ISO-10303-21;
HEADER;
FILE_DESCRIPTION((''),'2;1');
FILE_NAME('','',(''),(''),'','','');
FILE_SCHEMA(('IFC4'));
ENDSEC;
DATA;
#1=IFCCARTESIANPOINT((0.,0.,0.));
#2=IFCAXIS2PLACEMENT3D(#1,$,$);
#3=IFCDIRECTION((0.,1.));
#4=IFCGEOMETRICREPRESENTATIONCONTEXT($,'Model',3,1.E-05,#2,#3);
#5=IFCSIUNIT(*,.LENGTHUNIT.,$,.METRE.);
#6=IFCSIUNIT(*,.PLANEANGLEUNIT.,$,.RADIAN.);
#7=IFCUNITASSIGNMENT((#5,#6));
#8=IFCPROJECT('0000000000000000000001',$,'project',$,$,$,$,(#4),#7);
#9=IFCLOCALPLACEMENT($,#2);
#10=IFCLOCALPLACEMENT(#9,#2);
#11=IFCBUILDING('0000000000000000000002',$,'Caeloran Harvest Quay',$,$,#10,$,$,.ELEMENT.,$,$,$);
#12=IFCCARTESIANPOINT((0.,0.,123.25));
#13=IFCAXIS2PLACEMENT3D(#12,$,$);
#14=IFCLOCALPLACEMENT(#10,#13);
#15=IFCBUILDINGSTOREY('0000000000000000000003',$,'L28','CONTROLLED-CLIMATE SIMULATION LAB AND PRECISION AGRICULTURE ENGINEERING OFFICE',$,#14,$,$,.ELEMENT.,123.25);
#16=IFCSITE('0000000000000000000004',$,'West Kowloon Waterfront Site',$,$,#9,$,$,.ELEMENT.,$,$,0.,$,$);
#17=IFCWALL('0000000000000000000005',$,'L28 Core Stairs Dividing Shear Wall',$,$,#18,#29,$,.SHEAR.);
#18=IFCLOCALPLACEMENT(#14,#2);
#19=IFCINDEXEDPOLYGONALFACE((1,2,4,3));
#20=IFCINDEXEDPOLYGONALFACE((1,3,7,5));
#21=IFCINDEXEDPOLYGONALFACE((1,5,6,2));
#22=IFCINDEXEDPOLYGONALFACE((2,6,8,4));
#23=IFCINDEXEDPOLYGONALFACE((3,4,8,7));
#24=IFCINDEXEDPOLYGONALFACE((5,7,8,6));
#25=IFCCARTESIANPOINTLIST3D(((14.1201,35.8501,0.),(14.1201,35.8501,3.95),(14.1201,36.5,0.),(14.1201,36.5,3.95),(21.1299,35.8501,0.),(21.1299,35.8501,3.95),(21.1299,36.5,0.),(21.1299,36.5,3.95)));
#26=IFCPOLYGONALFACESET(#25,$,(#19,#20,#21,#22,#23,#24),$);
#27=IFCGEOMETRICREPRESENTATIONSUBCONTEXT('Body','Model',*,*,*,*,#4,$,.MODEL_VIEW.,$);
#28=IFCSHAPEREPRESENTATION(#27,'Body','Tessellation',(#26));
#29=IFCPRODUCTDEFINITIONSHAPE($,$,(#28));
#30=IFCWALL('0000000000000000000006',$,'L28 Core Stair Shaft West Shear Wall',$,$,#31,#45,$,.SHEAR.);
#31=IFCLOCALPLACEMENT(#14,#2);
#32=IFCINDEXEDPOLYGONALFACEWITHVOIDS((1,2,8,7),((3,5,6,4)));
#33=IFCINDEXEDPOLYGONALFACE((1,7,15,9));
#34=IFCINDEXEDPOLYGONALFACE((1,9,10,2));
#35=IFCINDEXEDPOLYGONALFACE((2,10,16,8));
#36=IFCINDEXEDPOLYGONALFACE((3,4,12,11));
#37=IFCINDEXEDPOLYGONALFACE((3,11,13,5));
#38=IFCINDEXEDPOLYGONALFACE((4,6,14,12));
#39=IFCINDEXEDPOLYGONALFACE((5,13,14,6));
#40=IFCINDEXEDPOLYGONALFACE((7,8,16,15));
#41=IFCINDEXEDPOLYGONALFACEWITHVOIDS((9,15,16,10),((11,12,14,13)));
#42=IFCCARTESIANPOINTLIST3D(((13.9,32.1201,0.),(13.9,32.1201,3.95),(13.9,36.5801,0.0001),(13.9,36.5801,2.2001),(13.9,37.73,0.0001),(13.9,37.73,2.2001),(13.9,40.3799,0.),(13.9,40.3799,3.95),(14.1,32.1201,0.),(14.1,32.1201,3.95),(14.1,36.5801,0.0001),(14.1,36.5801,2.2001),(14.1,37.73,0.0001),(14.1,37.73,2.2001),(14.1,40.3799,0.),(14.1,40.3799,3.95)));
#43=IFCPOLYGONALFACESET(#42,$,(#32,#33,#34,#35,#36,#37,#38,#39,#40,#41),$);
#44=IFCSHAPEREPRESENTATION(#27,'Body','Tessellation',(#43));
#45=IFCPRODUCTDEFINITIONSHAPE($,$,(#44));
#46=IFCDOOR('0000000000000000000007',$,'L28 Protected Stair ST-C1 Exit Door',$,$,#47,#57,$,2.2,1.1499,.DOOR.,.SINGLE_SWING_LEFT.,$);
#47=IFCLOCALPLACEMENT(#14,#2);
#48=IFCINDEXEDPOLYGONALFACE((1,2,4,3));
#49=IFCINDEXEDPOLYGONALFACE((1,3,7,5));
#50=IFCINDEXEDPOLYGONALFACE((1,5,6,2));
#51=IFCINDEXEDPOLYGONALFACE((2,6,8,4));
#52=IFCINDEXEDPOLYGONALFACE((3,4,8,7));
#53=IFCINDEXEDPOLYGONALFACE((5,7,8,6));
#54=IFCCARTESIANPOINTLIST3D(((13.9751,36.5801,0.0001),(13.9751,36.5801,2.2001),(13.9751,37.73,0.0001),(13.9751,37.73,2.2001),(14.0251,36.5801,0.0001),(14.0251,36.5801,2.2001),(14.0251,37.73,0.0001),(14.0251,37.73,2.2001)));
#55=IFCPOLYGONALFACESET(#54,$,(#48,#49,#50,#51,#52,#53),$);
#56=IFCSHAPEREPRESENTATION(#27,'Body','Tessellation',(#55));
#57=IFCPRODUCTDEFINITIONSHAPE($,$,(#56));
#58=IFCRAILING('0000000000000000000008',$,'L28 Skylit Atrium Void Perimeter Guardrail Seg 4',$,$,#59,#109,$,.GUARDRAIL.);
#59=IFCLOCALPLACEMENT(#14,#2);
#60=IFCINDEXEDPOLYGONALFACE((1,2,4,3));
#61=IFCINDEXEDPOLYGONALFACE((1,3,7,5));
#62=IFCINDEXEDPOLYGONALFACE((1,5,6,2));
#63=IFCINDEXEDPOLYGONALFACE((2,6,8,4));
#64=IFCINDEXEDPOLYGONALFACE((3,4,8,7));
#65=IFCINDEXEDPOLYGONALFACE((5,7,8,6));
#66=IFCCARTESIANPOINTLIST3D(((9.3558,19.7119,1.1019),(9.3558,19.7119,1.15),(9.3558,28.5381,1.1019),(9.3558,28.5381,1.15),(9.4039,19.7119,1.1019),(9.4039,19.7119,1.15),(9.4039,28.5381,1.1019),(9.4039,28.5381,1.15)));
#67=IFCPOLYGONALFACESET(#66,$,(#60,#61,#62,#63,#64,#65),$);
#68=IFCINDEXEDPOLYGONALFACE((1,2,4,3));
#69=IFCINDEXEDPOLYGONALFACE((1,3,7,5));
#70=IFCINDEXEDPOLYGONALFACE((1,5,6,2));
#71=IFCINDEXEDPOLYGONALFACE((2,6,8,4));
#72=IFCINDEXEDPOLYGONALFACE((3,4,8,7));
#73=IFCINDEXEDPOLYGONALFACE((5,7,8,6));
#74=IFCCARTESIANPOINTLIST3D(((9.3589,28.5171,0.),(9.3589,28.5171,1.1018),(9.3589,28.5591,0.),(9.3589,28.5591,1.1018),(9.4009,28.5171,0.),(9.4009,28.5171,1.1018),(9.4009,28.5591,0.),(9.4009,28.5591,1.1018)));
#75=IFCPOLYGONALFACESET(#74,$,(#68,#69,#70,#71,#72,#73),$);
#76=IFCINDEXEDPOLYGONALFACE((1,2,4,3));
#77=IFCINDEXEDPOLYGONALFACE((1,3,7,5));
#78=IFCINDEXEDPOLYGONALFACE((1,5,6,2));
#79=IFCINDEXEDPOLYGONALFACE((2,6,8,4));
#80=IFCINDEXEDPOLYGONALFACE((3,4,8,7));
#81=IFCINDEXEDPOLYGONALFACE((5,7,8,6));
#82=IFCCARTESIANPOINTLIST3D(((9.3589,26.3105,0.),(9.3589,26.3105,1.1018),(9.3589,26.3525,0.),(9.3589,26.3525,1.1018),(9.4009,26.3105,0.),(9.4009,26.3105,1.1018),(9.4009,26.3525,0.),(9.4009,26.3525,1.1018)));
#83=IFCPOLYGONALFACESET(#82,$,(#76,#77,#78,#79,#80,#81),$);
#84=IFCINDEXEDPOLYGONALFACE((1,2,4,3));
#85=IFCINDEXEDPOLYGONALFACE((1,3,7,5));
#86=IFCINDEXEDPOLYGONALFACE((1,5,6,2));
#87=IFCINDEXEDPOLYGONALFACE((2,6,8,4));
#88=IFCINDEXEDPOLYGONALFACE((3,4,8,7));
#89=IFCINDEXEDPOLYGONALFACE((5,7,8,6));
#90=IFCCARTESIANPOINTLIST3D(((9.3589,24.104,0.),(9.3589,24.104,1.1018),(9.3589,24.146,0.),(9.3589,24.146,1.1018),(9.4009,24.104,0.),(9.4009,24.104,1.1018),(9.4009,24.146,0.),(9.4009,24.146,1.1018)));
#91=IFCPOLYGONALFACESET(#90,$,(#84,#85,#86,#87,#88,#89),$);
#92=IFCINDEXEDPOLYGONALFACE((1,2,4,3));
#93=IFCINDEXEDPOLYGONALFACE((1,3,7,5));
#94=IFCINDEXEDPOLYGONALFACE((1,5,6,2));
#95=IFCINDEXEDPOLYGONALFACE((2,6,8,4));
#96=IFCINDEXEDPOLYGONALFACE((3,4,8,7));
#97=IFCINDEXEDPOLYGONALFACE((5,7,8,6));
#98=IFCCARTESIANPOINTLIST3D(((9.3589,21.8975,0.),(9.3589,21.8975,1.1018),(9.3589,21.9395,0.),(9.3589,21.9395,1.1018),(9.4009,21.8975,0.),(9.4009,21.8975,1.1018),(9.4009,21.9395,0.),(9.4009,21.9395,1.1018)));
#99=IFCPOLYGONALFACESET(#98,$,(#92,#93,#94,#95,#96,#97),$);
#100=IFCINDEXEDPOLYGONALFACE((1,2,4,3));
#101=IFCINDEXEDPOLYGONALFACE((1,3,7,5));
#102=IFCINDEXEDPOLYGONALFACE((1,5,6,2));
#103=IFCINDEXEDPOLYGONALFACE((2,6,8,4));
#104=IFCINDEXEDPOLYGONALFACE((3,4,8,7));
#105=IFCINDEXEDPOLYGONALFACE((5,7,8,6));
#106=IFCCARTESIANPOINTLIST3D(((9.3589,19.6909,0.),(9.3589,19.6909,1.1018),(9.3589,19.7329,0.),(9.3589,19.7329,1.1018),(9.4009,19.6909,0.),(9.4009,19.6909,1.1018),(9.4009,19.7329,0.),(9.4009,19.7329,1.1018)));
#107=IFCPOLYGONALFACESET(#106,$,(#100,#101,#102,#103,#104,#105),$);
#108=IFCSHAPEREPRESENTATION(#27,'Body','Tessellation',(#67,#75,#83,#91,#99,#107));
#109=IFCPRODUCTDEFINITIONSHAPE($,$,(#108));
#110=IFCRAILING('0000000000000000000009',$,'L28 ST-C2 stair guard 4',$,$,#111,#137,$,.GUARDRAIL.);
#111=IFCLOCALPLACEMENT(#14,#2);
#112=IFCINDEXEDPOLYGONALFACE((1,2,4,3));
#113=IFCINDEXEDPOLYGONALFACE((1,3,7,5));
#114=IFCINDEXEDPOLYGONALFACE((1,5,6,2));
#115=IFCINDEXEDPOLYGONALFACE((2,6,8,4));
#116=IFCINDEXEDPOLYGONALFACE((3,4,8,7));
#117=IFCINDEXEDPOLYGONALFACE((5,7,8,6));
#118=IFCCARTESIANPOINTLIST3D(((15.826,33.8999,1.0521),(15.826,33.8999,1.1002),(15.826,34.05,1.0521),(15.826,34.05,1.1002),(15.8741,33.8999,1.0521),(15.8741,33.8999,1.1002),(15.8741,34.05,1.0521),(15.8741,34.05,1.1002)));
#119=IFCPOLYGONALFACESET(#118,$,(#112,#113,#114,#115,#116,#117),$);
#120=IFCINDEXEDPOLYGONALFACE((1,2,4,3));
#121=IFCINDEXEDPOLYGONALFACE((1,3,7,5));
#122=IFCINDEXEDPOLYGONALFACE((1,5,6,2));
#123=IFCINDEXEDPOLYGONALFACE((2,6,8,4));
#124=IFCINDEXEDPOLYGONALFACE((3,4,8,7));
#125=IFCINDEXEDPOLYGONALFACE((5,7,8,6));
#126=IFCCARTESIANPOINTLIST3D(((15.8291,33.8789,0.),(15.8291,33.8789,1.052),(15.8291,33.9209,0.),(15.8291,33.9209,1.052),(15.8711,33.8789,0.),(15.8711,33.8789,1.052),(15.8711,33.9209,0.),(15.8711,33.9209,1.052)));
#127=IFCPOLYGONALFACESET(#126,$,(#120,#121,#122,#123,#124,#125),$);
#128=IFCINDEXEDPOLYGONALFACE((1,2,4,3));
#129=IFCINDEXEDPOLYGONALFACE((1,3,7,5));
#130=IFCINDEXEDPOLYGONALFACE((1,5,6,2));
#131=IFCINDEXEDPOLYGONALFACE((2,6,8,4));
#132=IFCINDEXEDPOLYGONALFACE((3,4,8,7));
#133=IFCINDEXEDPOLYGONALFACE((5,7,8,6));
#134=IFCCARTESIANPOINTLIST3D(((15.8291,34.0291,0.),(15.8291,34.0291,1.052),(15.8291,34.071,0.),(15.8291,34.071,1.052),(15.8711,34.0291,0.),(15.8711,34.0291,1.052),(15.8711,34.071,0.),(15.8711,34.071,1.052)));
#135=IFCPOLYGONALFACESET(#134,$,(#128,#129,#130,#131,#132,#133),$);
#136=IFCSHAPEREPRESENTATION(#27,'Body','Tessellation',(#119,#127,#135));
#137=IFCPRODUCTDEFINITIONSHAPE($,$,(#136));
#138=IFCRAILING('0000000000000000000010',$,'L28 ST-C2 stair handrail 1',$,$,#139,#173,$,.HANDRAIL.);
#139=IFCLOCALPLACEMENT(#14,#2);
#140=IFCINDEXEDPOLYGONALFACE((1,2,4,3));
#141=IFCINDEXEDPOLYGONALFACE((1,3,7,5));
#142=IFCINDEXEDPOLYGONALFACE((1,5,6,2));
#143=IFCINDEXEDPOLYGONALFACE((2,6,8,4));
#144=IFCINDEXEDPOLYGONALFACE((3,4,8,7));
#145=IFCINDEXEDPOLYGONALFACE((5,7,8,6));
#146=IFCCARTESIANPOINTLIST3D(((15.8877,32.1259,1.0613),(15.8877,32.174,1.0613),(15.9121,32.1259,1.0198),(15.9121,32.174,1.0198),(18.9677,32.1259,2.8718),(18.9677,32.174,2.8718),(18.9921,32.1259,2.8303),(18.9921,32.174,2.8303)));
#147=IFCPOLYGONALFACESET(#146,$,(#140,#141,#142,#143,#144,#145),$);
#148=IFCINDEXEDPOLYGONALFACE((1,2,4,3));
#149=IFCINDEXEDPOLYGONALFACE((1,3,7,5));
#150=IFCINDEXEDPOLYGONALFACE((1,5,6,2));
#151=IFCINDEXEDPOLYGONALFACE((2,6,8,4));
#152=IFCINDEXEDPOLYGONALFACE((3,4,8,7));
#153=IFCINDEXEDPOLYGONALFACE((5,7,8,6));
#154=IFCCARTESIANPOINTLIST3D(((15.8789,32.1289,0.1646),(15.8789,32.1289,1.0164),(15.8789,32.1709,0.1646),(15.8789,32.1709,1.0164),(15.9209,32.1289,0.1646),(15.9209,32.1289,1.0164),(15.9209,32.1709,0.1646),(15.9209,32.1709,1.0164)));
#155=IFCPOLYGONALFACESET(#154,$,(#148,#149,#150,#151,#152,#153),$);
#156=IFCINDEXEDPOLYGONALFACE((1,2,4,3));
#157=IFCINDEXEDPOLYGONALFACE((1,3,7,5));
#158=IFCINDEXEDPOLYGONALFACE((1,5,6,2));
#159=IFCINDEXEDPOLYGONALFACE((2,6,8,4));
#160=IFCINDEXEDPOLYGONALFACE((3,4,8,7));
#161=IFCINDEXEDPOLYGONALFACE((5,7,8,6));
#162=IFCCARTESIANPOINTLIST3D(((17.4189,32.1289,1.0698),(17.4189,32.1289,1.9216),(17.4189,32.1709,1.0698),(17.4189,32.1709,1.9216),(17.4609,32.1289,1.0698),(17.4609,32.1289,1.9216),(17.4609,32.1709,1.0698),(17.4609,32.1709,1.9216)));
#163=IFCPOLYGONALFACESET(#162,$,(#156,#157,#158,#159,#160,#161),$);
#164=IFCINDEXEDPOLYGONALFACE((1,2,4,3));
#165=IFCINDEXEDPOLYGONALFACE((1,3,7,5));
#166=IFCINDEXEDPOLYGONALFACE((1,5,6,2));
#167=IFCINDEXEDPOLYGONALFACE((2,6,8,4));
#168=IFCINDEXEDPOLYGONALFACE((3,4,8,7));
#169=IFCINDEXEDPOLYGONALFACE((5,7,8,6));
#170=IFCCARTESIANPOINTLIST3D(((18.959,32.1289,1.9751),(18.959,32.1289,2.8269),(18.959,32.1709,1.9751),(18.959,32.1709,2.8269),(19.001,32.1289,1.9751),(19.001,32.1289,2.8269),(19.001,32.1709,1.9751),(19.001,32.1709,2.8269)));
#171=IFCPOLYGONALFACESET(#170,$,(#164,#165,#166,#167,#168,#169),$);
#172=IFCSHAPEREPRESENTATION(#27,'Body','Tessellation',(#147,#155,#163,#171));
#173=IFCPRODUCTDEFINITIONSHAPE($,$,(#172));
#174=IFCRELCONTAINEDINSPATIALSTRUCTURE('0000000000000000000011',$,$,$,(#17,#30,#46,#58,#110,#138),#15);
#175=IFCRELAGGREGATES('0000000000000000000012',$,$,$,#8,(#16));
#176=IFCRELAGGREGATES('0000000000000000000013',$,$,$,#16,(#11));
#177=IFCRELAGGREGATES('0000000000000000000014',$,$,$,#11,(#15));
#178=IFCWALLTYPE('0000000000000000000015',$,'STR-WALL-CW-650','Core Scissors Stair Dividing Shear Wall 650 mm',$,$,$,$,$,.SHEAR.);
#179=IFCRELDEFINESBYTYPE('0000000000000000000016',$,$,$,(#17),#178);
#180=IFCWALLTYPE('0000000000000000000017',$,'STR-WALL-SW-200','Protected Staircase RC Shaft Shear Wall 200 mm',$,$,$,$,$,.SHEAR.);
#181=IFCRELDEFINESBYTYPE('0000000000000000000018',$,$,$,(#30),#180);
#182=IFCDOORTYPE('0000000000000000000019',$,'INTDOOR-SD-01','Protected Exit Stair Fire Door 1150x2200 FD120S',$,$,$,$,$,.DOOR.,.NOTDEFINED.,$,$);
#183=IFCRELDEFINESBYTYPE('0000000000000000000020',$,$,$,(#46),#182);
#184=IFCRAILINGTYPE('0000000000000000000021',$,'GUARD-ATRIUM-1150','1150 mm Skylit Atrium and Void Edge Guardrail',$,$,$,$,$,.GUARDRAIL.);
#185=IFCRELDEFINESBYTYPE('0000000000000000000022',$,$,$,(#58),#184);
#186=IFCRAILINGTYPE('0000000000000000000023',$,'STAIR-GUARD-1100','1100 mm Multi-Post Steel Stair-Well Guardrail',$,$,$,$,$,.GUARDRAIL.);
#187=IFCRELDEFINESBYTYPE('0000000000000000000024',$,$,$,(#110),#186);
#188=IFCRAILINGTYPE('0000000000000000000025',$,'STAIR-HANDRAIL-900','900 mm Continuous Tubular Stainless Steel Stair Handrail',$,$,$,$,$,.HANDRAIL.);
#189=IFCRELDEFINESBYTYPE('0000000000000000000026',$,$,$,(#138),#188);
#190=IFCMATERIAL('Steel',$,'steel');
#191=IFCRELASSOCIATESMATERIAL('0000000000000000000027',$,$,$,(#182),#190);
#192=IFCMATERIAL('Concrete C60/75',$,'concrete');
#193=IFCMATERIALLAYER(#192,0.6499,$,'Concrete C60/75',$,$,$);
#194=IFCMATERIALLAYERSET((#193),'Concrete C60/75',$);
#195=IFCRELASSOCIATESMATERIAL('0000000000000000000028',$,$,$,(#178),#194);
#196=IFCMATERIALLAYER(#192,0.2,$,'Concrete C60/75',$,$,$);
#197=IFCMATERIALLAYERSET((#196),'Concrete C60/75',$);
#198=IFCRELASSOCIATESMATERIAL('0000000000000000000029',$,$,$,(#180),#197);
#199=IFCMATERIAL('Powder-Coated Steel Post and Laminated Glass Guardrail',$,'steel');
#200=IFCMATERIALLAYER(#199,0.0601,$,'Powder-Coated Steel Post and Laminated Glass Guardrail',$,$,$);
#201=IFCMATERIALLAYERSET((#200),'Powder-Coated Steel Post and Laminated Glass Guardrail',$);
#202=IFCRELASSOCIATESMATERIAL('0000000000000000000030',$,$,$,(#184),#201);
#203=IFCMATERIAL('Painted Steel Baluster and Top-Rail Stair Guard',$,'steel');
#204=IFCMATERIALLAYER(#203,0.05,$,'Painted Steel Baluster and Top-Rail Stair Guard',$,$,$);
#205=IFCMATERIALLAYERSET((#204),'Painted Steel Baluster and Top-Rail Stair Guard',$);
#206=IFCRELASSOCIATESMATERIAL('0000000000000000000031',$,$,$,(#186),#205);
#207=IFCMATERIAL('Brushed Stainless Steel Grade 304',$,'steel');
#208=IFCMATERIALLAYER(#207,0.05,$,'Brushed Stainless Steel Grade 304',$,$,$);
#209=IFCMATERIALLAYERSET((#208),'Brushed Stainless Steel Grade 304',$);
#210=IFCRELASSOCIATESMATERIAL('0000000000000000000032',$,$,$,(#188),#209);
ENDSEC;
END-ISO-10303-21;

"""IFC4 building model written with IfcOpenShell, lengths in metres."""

from ifc_helpers import new_model, si_unit, direction, frame, frame_2d, origin, origin_2d, place, context, subcontext, project, spatial, rectangle, extrude, material, layer, layer_set, type_object, element, fill, save


model = new_model("IFC4")

# Units and contexts
model_context = context("Model", 3, precision=1e-05, world=origin(), true_north=direction((0.0, 1.0)))
body_context = subcontext(model_context, "Body", "Model", "MODEL_VIEW")
ifc_project = project(units=[si_unit("LENGTHUNIT", "METRE"), si_unit("PLANEANGLEUNIT", "RADIAN")], contexts=[model_context])

# Site, building, storey
site_placement = place(None, origin())
site = spatial("IfcSite", under=ifc_project, at=site_placement, Name="West Kowloon Waterfront Site", CompositionType="ELEMENT", RefElevation=0.0)
building_placement = place(site_placement, origin())
building = spatial("IfcBuilding", under=site, at=building_placement, Name="Caeloran Harvest Quay", CompositionType="ELEMENT")
storey_placement = place(building_placement, frame((0.0, 0.0, 123.25)))
storey = spatial("IfcBuildingStorey", under=building, at=storey_placement, Name="L28", Description="CONTROLLED-CLIMATE SIMULATION LAB AND PRECISION AGRICULTURE ENGINEERING OFFICE", CompositionType="ELEMENT", Elevation=123.25)

# Shared definitions
ifc_material_1 = material(Name="Concrete C60/75", Category="concrete")

# Shared definitions
ifc_material_2 = material(Name="Steel", Category="steel")

# Shared definitions
door_type_1 = type_object("IfcDoorType", Name="INTDOOR-SD-01", Description="Protected Exit Stair Fire Door 1150x2200 FD120S", OperationType="NOTDEFINED", PredefinedType="DOOR", material=ifc_material_2)

# Wall
ifc_layer_1 = layer(ifc_material_1, 0.6499, Name="Concrete C60/75")
ifc_layer_set_1 = layer_set([ifc_layer_1], Name="Concrete C60/75")
wall_type_1 = type_object("IfcWallType", Name="STR-WALL-CW-650", Description="Core Scissors Stair Dividing Shear Wall 650 mm", PredefinedType="SHEAR", material=ifc_layer_set_1)
wall_1_placement = place(storey_placement, frame((14.1201, 36.175, 0.0), z_axis=(0.0, 0.0, 1.0), x_axis=(1.0, 0.0, 0.0)))
element("IfcWall", 1, at=wall_1_placement, inside=storey, type_object=wall_type_1, Name="L28 Core Stairs Dividing Shear Wall", PredefinedType="SHEAR", context=body_context, shape_type="SweptSolid", body=[
    extrude(rectangle(XDim=7.0098, YDim=0.6499, at=frame_2d((3.5049, 0.0))), origin(), (0.0, 0.0, 1.0), 3.95),
])

# Wall, opening, door
ifc_layer_2 = layer(ifc_material_1, 0.2, Name="Concrete C60/75")
ifc_layer_set_2 = layer_set([ifc_layer_2], Name="Concrete C60/75")
wall_type_2 = type_object("IfcWallType", Name="STR-WALL-SW-200", Description="Protected Staircase RC Shaft Shear Wall 200 mm", PredefinedType="SHEAR", material=ifc_layer_set_2)
wall_2_placement = place(storey_placement, frame((14.0, 32.1201, 0.0), z_axis=(0.0, 0.0, 1.0), x_axis=(0.0, 1.0, 0.0)))
wall_2 = element("IfcWall", 2, at=wall_2_placement, inside=storey, type_object=wall_type_2, Name="L28 Core Stair Shaft West Shear Wall", PredefinedType="SHEAR", context=body_context, shape_type="SweptSolid", body=[
    extrude(rectangle(XDim=8.2598, YDim=0.2, at=frame_2d((4.1299, 0.0))), origin(), (0.0, 0.0, 1.0), 3.95),
])
opening_1_placement = place(wall_2_placement, frame((4.46, 0.0, 0.0)))
opening_1 = element("IfcOpeningElement", 3, at=opening_1_placement, cuts=wall_2, PredefinedType="OPENING", context=body_context, shape_type="SweptSolid", body=[
    extrude(rectangle(XDim=1.1499, YDim=2.2, at=frame_2d((0.575, 1.1001))), frame((0.0, 0.1099, 0.0), z_axis=(0.0, -1.0, 0.0), x_axis=(1.0, 0.0, 0.0)), (0.0, 0.0, 1.0), 0.22),
])
door_1_placement = place(opening_1_placement, origin())
door_1 = element("IfcDoor", 4, at=door_1_placement, inside=storey, type_object=door_type_1, Name="L28 Protected Stair ST-C1 Exit Door", OperationType="SINGLE_SWING_LEFT", OverallHeight=2.2, OverallWidth=1.1499, PredefinedType="DOOR", context=body_context, shape_type="SweptSolid", body=[
    extrude(rectangle(XDim=1.1499, YDim=2.2, at=frame_2d((0.575, 1.1001))), frame((0.0, 0.0249, 0.0), z_axis=(0.0, -1.0, 0.0), x_axis=(1.0, 0.0, 0.0)), (0.0, 0.0, 1.0), 0.05),
])
fill(opening_1, door_1)

# Railings
ifc_material_3 = material(Name="Powder-Coated Steel Post and Laminated Glass Guardrail", Category="steel")
ifc_layer_3 = layer(ifc_material_3, 0.0601, Name="Powder-Coated Steel Post and Laminated Glass Guardrail")
ifc_layer_set_3 = layer_set([ifc_layer_3], Name="Powder-Coated Steel Post and Laminated Glass Guardrail")
railing_type_1 = type_object("IfcRailingType", Name="GUARD-ATRIUM-1150", Description="1150 mm Skylit Atrium and Void Edge Guardrail", PredefinedType="GUARDRAIL", material=ifc_layer_set_3)
railing_1_placement = place(storey_placement, frame((9.3799, 28.5381, 0.0)))
element("IfcRailing", 5, at=railing_1_placement, inside=storey, type_object=railing_type_1, Name="L28 Skylit Atrium Void Perimeter Guardrail Seg 4", PredefinedType="GUARDRAIL", context=body_context, shape_type="SweptSolid", body=[
    extrude(rectangle(XDim=0.0481, YDim=0.0481, at=origin_2d()), frame((0.0, 0.0, 1.126), z_axis=(0.0, -1.0, 0.0), x_axis=(1.0, 0.0, 0.0)), (0.0, 0.0, 1.0), 8.8262),
    extrude(rectangle(XDim=0.042, YDim=0.042, at=origin_2d()), origin(), (0.0, 0.0, 1.0), 1.1018),
    extrude(rectangle(XDim=0.042, YDim=0.042, at=origin_2d()), frame((0.0, -2.2065, 0.0)), (0.0, 0.0, 1.0), 1.1018),
    extrude(rectangle(XDim=0.042, YDim=0.042, at=origin_2d()), frame((0.0, -4.4131, 0.0)), (0.0, 0.0, 1.0), 1.1018),
    extrude(rectangle(XDim=0.042, YDim=0.042, at=origin_2d()), frame((0.0, -6.6196, 0.0)), (0.0, 0.0, 1.0), 1.1018),
    extrude(rectangle(XDim=0.042, YDim=0.042, at=origin_2d()), frame((0.0, -8.8262, 0.0)), (0.0, 0.0, 1.0), 1.1018),
])
ifc_material_4 = material(Name="Painted Steel Baluster and Top-Rail Stair Guard", Category="steel")
ifc_layer_4 = layer(ifc_material_4, 0.05, Name="Painted Steel Baluster and Top-Rail Stair Guard")
ifc_layer_set_4 = layer_set([ifc_layer_4], Name="Painted Steel Baluster and Top-Rail Stair Guard")
railing_type_2 = type_object("IfcRailingType", Name="STAIR-GUARD-1100", Description="1100 mm Multi-Post Steel Stair-Well Guardrail", PredefinedType="GUARDRAIL", material=ifc_layer_set_4)
railing_2_placement = place(storey_placement, frame((15.8501, 33.8999, 0.0)))
element("IfcRailing", 6, at=railing_2_placement, inside=storey, type_object=railing_type_2, Name="L28 ST-C2 stair guard 4", PredefinedType="GUARDRAIL", context=body_context, shape_type="SweptSolid", body=[
    extrude(rectangle(XDim=0.0481, YDim=0.0481, at=origin_2d()), frame((0.0, 0.0, 1.0762), z_axis=(0.0, 1.0, 0.0), x_axis=(-1.0, 0.0, 0.0)), (0.0, 0.0, 1.0), 0.1501),
    extrude(rectangle(XDim=0.042, YDim=0.042, at=origin_2d()), origin(), (0.0, 0.0, 1.0), 1.052),
    extrude(rectangle(XDim=0.042, YDim=0.042, at=origin_2d()), frame((0.0, 0.1501, 0.0)), (0.0, 0.0, 1.0), 1.052),
])
ifc_material_5 = material(Name="Brushed Stainless Steel Grade 304", Category="steel")
ifc_layer_5 = layer(ifc_material_5, 0.05, Name="Brushed Stainless Steel Grade 304")
ifc_layer_set_5 = layer_set([ifc_layer_5], Name="Brushed Stainless Steel Grade 304")
railing_type_3 = type_object("IfcRailingType", Name="STAIR-HANDRAIL-900", Description="900 mm Continuous Tubular Stainless Steel Stair Handrail", PredefinedType="HANDRAIL", material=ifc_layer_set_5)
railing_3_placement = place(storey_placement, frame((15.8999, 32.1499, 0.1646)))
element("IfcRailing", 7, at=railing_3_placement, inside=storey, type_object=railing_type_3, Name="L28 ST-C2 stair handrail 1", PredefinedType="HANDRAIL", context=body_context, shape_type="SweptSolid", body=[
    extrude(rectangle(XDim=0.0481, YDim=0.0481, at=origin_2d()), frame((0.0, 0.0, 0.876), z_axis=(0.862089, 0.0, 0.506757), x_axis=(0.0, 1.0, 0.0)), (0.0, 0.0, 1.0), 3.5728),
    extrude(rectangle(XDim=0.042, YDim=0.042, at=origin_2d()), origin(), (0.0, 0.0, 1.0), 0.8518),
    extrude(rectangle(XDim=0.042, YDim=0.042, at=origin_2d()), frame((1.54, 0.0, 0.9053)), (0.0, 0.0, 1.0), 0.8518),
    extrude(rectangle(XDim=0.042, YDim=0.042, at=origin_2d()), frame((3.0801, 0.0, 1.8105)), (0.0, 0.0, 1.0), 0.8518),
])

save(model, "model.ifc")
